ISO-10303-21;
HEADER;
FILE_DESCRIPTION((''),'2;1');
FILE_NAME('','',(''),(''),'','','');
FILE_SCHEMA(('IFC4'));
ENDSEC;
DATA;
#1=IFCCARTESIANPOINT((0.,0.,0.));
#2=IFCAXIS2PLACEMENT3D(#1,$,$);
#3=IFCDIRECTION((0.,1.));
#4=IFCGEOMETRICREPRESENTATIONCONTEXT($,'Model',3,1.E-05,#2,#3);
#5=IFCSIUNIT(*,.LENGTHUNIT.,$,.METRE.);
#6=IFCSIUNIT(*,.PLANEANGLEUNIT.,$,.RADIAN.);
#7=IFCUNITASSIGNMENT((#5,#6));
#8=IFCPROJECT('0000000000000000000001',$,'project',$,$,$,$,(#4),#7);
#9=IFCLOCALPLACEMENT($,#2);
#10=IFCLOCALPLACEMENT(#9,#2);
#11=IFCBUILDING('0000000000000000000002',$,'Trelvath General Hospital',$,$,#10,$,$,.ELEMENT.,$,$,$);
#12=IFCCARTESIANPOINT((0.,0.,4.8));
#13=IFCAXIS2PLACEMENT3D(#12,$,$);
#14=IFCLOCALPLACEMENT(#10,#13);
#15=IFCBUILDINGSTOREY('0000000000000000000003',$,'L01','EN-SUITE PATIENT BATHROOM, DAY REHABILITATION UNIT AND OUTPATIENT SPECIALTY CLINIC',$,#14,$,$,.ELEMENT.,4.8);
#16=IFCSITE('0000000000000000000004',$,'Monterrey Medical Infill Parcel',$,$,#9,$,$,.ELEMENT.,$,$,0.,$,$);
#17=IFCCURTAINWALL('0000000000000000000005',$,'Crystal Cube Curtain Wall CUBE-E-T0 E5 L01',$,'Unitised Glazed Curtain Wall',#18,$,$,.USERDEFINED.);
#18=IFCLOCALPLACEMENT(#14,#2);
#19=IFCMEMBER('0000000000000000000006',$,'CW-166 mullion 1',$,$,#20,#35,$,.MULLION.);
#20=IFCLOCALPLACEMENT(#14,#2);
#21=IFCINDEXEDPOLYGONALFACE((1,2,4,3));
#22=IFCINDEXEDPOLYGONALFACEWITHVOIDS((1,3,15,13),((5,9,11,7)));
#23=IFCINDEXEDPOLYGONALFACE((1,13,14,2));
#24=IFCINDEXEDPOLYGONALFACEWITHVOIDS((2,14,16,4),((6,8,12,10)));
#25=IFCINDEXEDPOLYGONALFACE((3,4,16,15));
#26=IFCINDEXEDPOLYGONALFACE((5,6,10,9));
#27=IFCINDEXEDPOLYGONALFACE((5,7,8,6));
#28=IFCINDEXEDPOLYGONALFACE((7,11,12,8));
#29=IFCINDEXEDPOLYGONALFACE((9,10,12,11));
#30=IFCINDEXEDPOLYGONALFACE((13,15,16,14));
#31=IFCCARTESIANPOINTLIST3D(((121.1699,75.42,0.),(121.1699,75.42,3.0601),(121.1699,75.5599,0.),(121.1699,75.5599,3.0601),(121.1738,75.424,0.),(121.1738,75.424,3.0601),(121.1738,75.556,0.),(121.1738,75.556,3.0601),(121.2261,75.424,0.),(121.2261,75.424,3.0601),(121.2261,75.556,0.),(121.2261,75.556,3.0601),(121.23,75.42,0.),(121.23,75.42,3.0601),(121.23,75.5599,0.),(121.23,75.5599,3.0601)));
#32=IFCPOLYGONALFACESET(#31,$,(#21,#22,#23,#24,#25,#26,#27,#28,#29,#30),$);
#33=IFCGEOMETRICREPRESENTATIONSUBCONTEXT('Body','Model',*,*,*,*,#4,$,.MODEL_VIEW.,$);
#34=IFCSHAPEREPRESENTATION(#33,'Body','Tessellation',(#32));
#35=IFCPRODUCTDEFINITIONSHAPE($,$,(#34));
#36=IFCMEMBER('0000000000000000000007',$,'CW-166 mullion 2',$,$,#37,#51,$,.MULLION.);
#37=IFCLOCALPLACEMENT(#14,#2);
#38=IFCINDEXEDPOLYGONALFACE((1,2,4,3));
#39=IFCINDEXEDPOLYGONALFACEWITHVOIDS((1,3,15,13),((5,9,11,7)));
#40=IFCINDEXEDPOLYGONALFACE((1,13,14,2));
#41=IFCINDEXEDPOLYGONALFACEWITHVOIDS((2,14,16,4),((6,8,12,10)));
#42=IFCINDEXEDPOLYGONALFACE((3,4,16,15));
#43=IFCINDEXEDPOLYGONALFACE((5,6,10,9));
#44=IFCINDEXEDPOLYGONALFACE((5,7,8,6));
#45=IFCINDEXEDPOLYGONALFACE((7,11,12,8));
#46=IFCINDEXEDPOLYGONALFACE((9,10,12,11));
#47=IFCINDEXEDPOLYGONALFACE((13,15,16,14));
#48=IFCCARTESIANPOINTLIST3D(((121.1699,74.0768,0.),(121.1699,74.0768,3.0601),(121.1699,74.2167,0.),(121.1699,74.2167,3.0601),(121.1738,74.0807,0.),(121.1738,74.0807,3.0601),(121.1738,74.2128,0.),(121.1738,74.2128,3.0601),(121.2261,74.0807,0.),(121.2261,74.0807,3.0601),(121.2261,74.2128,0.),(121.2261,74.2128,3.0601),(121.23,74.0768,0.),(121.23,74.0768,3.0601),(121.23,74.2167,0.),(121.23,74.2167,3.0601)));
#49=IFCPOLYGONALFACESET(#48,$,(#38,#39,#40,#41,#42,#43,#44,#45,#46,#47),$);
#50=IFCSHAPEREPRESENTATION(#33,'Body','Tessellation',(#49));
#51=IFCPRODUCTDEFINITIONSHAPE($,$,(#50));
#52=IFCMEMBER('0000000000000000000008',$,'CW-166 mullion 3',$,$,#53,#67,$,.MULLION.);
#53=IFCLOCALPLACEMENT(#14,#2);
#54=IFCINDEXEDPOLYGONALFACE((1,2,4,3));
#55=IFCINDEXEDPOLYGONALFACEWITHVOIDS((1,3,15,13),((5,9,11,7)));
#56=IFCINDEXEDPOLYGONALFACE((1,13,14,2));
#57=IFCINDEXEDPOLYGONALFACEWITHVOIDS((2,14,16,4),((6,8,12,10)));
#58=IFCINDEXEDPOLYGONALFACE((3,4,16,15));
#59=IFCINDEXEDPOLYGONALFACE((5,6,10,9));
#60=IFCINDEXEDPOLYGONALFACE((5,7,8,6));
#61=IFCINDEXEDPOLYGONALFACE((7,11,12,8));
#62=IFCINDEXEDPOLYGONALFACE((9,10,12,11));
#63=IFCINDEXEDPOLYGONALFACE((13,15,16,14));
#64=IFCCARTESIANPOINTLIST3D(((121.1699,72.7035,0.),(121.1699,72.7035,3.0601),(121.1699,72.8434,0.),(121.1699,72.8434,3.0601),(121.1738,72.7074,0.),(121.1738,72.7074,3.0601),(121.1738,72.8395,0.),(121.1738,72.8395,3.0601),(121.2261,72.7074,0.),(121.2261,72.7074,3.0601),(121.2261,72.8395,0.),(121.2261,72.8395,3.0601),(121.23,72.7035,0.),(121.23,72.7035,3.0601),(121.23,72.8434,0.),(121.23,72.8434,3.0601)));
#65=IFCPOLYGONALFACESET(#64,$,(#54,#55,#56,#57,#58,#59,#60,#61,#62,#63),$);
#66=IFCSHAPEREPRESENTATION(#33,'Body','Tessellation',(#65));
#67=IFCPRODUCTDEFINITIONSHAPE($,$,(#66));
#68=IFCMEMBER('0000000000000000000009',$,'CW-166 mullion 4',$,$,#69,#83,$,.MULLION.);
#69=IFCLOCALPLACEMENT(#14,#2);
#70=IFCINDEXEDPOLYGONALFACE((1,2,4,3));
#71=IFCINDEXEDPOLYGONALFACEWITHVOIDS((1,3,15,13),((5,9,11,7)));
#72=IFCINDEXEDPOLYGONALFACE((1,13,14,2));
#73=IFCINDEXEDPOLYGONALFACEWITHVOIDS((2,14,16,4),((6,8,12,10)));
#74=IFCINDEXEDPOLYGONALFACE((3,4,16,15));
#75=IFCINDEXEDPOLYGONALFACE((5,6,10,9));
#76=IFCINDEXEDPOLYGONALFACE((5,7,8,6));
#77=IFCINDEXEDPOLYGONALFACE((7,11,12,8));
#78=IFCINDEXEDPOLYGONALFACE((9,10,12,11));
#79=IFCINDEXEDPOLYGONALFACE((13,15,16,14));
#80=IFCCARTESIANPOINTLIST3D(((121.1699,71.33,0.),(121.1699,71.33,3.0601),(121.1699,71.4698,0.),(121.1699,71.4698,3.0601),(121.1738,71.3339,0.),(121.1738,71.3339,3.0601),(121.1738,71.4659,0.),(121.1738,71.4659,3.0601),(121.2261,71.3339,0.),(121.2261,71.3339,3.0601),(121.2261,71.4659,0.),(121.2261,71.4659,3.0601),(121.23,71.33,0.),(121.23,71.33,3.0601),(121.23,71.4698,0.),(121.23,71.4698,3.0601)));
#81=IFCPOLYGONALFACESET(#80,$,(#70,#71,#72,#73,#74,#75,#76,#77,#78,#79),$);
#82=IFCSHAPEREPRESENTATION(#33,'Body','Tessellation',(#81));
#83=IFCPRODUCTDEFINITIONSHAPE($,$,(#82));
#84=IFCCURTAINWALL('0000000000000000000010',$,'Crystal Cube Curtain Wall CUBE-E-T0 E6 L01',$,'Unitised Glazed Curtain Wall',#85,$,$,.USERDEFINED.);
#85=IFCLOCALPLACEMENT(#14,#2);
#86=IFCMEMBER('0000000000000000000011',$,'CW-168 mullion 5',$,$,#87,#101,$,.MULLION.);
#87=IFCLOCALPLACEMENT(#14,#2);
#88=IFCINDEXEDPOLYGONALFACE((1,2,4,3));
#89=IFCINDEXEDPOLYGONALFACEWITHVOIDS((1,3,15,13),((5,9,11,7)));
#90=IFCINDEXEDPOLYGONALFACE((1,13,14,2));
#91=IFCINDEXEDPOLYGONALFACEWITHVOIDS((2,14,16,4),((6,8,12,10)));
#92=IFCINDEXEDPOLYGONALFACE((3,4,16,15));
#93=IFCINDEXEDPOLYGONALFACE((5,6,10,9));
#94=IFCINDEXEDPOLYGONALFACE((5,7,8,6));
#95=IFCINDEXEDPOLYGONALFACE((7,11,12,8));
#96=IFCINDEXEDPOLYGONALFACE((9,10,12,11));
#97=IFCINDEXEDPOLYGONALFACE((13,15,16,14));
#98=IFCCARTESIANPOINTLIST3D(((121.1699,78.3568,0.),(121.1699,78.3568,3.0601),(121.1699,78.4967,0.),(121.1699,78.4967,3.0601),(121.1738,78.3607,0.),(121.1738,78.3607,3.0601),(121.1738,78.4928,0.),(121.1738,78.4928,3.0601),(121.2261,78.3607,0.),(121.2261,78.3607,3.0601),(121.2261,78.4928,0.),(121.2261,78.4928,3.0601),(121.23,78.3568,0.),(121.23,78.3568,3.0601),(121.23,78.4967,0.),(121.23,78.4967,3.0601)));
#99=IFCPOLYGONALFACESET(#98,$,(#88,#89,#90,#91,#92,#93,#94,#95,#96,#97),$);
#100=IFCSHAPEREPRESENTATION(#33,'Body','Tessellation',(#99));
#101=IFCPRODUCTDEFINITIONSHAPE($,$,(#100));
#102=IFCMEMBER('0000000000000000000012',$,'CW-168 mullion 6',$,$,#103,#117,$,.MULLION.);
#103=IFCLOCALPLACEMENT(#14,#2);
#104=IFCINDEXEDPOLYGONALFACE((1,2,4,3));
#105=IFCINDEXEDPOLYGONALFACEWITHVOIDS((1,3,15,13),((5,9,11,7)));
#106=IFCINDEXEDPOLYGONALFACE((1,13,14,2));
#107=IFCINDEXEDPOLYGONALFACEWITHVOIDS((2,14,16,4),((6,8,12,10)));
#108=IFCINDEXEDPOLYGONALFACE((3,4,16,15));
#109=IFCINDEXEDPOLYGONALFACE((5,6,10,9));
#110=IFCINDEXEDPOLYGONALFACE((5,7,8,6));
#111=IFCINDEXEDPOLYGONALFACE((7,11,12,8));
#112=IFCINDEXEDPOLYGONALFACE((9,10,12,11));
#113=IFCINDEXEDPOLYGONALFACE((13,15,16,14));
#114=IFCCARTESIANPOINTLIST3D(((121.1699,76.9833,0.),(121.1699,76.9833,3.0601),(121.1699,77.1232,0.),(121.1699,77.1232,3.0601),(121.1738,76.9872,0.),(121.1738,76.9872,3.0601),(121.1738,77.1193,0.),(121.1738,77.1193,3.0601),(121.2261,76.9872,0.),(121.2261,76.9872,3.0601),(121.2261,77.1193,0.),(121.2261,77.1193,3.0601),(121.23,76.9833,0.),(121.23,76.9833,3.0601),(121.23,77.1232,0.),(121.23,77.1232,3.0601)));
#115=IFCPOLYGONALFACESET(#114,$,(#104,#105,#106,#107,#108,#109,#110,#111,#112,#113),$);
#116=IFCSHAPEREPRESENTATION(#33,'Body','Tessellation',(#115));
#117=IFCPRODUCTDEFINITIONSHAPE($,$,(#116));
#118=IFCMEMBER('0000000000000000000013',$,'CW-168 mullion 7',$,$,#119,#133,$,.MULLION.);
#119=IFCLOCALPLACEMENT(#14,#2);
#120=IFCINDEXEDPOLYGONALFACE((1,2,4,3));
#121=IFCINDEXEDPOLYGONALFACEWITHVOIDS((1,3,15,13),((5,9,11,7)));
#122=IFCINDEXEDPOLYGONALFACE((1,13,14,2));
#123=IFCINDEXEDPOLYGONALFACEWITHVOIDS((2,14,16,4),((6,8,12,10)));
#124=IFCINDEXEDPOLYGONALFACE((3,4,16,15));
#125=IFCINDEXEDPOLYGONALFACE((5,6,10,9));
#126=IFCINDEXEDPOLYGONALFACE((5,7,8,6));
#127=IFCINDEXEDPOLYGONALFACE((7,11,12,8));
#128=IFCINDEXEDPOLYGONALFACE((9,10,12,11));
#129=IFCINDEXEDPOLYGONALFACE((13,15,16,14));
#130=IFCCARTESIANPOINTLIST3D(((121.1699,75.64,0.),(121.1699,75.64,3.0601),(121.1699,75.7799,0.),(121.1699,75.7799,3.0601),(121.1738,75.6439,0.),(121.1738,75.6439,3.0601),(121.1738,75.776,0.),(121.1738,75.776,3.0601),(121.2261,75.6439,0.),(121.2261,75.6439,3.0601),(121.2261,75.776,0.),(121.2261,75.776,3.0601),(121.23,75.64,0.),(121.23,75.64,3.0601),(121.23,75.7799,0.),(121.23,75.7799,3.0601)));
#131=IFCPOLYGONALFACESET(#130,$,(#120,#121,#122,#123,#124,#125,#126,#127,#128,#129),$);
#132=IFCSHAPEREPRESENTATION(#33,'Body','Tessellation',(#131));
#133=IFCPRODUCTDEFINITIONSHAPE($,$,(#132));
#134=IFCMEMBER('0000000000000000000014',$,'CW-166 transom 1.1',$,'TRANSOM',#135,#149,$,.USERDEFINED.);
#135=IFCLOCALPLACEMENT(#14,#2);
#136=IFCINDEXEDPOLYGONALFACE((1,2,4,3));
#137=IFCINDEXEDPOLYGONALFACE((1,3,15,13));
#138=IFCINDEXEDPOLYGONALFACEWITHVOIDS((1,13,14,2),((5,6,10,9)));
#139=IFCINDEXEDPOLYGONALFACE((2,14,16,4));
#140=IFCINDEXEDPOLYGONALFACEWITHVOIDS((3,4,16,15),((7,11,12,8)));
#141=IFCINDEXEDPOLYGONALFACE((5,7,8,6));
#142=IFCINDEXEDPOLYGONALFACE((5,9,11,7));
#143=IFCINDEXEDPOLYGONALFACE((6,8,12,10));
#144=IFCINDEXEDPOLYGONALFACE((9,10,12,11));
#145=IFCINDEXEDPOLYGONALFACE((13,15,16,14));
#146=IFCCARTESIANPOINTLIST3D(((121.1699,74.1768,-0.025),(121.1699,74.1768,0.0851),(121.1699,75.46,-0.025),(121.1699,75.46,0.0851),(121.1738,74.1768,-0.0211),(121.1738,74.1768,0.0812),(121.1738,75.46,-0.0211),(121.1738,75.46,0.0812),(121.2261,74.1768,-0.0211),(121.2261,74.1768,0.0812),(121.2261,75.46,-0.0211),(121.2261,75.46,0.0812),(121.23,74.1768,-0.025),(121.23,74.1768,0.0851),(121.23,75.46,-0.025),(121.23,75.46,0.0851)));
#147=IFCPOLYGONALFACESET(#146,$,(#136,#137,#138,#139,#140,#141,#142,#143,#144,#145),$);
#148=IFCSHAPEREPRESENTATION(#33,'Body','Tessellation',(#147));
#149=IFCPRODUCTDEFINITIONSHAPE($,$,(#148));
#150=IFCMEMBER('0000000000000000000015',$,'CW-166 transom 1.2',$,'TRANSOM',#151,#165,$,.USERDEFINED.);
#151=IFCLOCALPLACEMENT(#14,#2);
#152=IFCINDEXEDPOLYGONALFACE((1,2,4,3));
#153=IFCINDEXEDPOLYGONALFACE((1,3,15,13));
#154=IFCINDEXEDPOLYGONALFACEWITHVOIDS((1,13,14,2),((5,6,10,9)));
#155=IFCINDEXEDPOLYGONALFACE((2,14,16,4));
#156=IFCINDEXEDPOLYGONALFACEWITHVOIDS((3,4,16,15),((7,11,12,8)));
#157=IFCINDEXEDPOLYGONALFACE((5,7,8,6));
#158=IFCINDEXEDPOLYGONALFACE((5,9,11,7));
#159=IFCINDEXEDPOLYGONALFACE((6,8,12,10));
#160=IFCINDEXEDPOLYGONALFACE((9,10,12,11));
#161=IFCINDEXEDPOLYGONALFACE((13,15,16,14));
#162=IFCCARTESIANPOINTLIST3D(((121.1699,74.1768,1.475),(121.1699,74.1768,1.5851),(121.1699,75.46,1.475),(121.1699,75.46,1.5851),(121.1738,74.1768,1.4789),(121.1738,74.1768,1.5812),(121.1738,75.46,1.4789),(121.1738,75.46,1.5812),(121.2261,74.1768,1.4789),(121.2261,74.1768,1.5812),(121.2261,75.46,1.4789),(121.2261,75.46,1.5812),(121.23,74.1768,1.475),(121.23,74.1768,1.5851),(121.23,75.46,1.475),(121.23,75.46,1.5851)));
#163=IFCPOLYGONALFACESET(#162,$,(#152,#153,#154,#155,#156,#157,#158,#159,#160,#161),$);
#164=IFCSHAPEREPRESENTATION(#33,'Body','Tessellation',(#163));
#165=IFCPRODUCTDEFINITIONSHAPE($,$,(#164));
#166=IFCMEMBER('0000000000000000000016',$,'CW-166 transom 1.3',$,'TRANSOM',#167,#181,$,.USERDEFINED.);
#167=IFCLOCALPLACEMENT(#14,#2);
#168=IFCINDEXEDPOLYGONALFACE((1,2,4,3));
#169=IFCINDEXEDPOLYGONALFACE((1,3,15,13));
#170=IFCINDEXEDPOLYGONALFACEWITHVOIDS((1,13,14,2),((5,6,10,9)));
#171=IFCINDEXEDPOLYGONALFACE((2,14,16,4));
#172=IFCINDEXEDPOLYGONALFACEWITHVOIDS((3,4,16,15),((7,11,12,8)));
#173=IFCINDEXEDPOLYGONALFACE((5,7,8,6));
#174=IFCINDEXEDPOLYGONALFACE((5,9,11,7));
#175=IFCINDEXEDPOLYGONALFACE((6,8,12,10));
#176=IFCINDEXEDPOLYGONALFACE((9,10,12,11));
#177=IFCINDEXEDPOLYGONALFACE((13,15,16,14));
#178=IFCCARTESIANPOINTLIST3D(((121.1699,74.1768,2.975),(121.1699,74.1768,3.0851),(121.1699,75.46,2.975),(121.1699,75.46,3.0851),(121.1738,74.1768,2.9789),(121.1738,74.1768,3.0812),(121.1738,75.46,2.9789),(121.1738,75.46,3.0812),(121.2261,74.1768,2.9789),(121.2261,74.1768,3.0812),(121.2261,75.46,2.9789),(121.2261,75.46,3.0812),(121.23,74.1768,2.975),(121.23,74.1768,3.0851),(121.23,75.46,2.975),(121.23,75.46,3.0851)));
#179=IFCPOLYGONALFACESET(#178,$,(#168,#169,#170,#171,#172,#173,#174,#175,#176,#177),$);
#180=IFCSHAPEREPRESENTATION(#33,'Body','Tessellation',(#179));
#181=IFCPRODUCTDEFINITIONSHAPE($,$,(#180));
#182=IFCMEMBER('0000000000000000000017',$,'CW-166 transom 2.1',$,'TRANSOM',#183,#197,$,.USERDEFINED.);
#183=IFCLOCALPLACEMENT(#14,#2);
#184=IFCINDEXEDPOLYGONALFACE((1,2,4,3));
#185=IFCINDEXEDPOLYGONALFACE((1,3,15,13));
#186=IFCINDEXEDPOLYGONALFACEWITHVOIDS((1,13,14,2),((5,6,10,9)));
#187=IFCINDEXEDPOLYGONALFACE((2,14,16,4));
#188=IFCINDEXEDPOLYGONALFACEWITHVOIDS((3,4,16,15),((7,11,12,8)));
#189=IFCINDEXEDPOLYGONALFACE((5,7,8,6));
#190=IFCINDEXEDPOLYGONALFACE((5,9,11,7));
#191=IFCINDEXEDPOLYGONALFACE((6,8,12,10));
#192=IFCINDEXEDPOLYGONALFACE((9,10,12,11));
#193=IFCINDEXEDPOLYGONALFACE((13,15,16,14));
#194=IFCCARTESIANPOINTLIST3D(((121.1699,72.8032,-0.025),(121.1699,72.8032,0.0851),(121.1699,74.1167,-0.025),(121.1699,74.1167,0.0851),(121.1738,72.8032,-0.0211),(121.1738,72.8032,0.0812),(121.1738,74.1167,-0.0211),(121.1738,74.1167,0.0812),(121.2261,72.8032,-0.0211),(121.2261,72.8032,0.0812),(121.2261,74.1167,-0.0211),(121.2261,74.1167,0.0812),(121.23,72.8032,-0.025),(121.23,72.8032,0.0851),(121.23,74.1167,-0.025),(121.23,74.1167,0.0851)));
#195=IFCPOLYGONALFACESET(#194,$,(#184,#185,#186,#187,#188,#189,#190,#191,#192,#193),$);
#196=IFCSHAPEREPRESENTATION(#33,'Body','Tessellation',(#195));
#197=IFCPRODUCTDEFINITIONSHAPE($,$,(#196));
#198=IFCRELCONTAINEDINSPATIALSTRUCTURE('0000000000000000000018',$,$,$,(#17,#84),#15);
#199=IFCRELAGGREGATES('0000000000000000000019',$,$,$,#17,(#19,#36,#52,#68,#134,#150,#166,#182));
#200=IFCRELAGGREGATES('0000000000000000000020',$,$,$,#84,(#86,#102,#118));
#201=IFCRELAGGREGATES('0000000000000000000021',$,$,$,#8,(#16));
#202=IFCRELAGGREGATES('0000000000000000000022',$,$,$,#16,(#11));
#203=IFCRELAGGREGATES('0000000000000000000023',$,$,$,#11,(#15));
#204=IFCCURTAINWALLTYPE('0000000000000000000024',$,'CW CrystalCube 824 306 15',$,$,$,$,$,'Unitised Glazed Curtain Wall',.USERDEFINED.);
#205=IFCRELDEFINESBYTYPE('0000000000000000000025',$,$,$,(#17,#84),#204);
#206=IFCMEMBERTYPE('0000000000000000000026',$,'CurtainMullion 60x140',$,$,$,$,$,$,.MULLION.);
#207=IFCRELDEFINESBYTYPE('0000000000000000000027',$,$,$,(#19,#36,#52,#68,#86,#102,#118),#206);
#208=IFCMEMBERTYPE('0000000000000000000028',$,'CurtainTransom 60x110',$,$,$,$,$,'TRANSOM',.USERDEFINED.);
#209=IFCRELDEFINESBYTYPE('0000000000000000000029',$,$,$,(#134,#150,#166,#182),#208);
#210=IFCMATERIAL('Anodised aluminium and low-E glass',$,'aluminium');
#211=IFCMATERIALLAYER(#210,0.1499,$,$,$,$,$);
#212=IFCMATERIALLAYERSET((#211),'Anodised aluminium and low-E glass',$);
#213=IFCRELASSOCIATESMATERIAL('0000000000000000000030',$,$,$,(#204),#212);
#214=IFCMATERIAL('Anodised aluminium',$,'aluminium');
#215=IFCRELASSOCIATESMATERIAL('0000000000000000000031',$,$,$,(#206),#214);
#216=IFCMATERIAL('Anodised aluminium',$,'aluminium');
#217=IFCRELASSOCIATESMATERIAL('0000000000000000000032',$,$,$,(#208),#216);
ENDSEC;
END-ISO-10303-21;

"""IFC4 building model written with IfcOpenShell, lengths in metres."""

from ifc_helpers import new_model, si_unit, direction, frame, origin, origin_2d, place, context, subcontext, project, spatial, hollow_rectangle, extrude, material, layer, layer_set, material_profile, profile_set, type_object, element, aggregate, save


model = new_model("IFC4")

# Units and contexts
model_context = context("Model", 3, precision=1e-05, world=origin(), true_north=direction((0.0, 1.0)))
body_context = subcontext(model_context, "Body", "Model", "MODEL_VIEW")
ifc_project = project(units=[si_unit("LENGTHUNIT", "METRE"), si_unit("PLANEANGLEUNIT", "RADIAN")], contexts=[model_context])

# Site, building, storey
site_placement = place(None, origin())
site = spatial("IfcSite", under=ifc_project, at=site_placement, Name="Monterrey Medical Infill Parcel", CompositionType="ELEMENT", RefElevation=0.0)
building_placement = place(site_placement, origin())
building = spatial("IfcBuilding", under=site, at=building_placement, Name="Trelvath General Hospital", CompositionType="ELEMENT")
storey_placement = place(building_placement, frame((0.0, 0.0, 4.8)))
storey = spatial("IfcBuildingStorey", under=building, at=storey_placement, Name="L01", Description="EN-SUITE PATIENT BATHROOM, DAY REHABILITATION UNIT AND OUTPATIENT SPECIALTY CLINIC", CompositionType="ELEMENT", Elevation=4.8)

# Curtain walls, members
ifc_material_1 = material(Name="Anodised aluminium and low-E glass", Category="aluminium")
ifc_layer_1 = layer(ifc_material_1, 0.1499)
ifc_layer_set_1 = layer_set([ifc_layer_1], Name="Anodised aluminium and low-E glass")
curtain_wall_type = type_object("IfcCurtainWallType", Name="CW CrystalCube 824 306 15", ElementType="Unitised Glazed Curtain Wall", PredefinedType="USERDEFINED", material=ifc_layer_set_1)
curtain_wall_1_placement = place(storey_placement, origin())
curtain_wall_1 = element("IfcCurtainWall", 1, at=curtain_wall_1_placement, inside=storey, type_object=curtain_wall_type, Name="Crystal Cube Curtain Wall CUBE-E-T0 E5 L01", ObjectType="Unitised Glazed Curtain Wall", PredefinedType="USERDEFINED")
ifc_material_2 = material(Name="Anodised aluminium", Category="aluminium")
ifc_material_profile_1 = material_profile(ifc_material_2, hollow_rectangle(XDim=0.0601, YDim=0.1399, WallThickness=0.0039, at=origin_2d()), Name="RHS60x140x4")
ifc_profile_set_1 = profile_set([ifc_material_profile_1], Name="Anodised aluminium")
member_type_1 = type_object("IfcMemberType", Name="CurtainMullion 60x140", PredefinedType="MULLION", material=ifc_profile_set_1)
member_1_placement = place(storey_placement, frame((121.2, 75.49, 0.0), z_axis=(0.0, 0.0, 1.0), x_axis=(1.0, 0.0, 0.0)))
member_1 = element("IfcMember", 2, at=member_1_placement, type_object=member_type_1, Name="CW-166 mullion 1", PredefinedType="MULLION", context=body_context, shape_type="SweptSolid", body=[
    extrude(hollow_rectangle(XDim=0.0601, YDim=0.1399, WallThickness=0.0039, at=origin_2d()), origin(), (0.0, 0.0, 1.0), 3.0601),
])
member_2_placement = place(storey_placement, frame((121.2, 74.1467, 0.0), z_axis=(0.0, 0.0, 1.0), x_axis=(1.0, 0.0, 0.0)))
member_2 = element("IfcMember", 3, at=member_2_placement, type_object=member_type_1, Name="CW-166 mullion 2", PredefinedType="MULLION", context=body_context, shape_type="SweptSolid", body=[
    extrude(hollow_rectangle(XDim=0.0601, YDim=0.1399, WallThickness=0.0039, at=origin_2d()), origin(), (0.0, 0.0, 1.0), 3.0601),
])
member_3_placement = place(storey_placement, frame((121.2, 72.7734, 0.0), z_axis=(0.0, 0.0, 1.0), x_axis=(1.0, 0.0, 0.0)))
member_3 = element("IfcMember", 4, at=member_3_placement, type_object=member_type_1, Name="CW-166 mullion 3", PredefinedType="MULLION", context=body_context, shape_type="SweptSolid", body=[
    extrude(hollow_rectangle(XDim=0.0601, YDim=0.1399, WallThickness=0.0039, at=origin_2d()), origin(), (0.0, 0.0, 1.0), 3.0601),
])
member_4_placement = place(storey_placement, frame((121.2, 71.3999, 0.0), z_axis=(0.0, 0.0, 1.0), x_axis=(1.0, 0.0, 0.0)))
member_4 = element("IfcMember", 5, at=member_4_placement, type_object=member_type_1, Name="CW-166 mullion 4", PredefinedType="MULLION", context=body_context, shape_type="SweptSolid", body=[
    extrude(hollow_rectangle(XDim=0.0601, YDim=0.1399, WallThickness=0.0039, at=origin_2d()), origin(), (0.0, 0.0, 1.0), 3.0601),
])
curtain_wall_2_placement = place(storey_placement, origin())
curtain_wall_2 = element("IfcCurtainWall", 6, at=curtain_wall_2_placement, inside=storey, type_object=curtain_wall_type, Name="Crystal Cube Curtain Wall CUBE-E-T0 E6 L01", ObjectType="Unitised Glazed Curtain Wall", PredefinedType="USERDEFINED")
member_5_placement = place(storey_placement, frame((121.2, 78.4268, 0.0), z_axis=(0.0, 0.0, 1.0), x_axis=(1.0, 0.0, 0.0)))
member_5 = element("IfcMember", 7, at=member_5_placement, type_object=member_type_1, Name="CW-168 mullion 5", PredefinedType="MULLION", context=body_context, shape_type="SweptSolid", body=[
    extrude(hollow_rectangle(XDim=0.0601, YDim=0.1399, WallThickness=0.0039, at=origin_2d()), origin(), (0.0, 0.0, 1.0), 3.0601),
])
member_6_placement = place(storey_placement, frame((121.2, 77.0532, 0.0), z_axis=(0.0, 0.0, 1.0), x_axis=(1.0, 0.0, 0.0)))
member_6 = element("IfcMember", 8, at=member_6_placement, type_object=member_type_1, Name="CW-168 mullion 6", PredefinedType="MULLION", context=body_context, shape_type="SweptSolid", body=[
    extrude(hollow_rectangle(XDim=0.0601, YDim=0.1399, WallThickness=0.0039, at=origin_2d()), origin(), (0.0, 0.0, 1.0), 3.0601),
])
member_7_placement = place(storey_placement, frame((121.2, 75.71, 0.0), z_axis=(0.0, 0.0, 1.0), x_axis=(1.0, 0.0, 0.0)))
member_7 = element("IfcMember", 9, at=member_7_placement, type_object=member_type_1, Name="CW-168 mullion 7", PredefinedType="MULLION", context=body_context, shape_type="SweptSolid", body=[
    extrude(hollow_rectangle(XDim=0.0601, YDim=0.1399, WallThickness=0.0039, at=origin_2d()), origin(), (0.0, 0.0, 1.0), 3.0601),
])

# Members
ifc_material_3 = material(Name="Anodised aluminium", Category="aluminium")
ifc_material_profile_2 = material_profile(ifc_material_3, hollow_rectangle(XDim=0.0601, YDim=0.1101, WallThickness=0.0039, at=origin_2d()), Name="RHS60x110x4")
ifc_profile_set_2 = profile_set([ifc_material_profile_2], Name="Anodised aluminium")
member_type_2 = type_object("IfcMemberType", Name="CurtainTransom 60x110", ElementType="TRANSOM", PredefinedType="USERDEFINED", material=ifc_profile_set_2)
member_8_placement = place(storey_placement, frame((121.2, 75.46, 0.03), z_axis=(0.0, -1.0, 0.0), x_axis=(1.0, 0.0, 0.0)))
member_8 = element("IfcMember", 10, at=member_8_placement, type_object=member_type_2, Name="CW-166 transom 1.1", ObjectType="TRANSOM", PredefinedType="USERDEFINED", context=body_context, shape_type="SweptSolid", body=[
    extrude(hollow_rectangle(XDim=0.0601, YDim=0.1101, WallThickness=0.0039, at=origin_2d()), origin(), (0.0, 0.0, 1.0), 1.2832),
])
member_9_placement = place(storey_placement, frame((121.2, 75.46, 1.53), z_axis=(0.0, -1.0, 0.0), x_axis=(1.0, 0.0, 0.0)))
member_9 = element("IfcMember", 11, at=member_9_placement, type_object=member_type_2, Name="CW-166 transom 1.2", ObjectType="TRANSOM", PredefinedType="USERDEFINED", context=body_context, shape_type="SweptSolid", body=[
    extrude(hollow_rectangle(XDim=0.0601, YDim=0.1101, WallThickness=0.0039, at=origin_2d()), origin(), (0.0, 0.0, 1.0), 1.2832),
])
member_10_placement = place(storey_placement, frame((121.2, 75.46, 3.03), z_axis=(0.0, -1.0, 0.0), x_axis=(1.0, 0.0, 0.0)))
member_10 = element("IfcMember", 12, at=member_10_placement, type_object=member_type_2, Name="CW-166 transom 1.3", ObjectType="TRANSOM", PredefinedType="USERDEFINED", context=body_context, shape_type="SweptSolid", body=[
    extrude(hollow_rectangle(XDim=0.0601, YDim=0.1101, WallThickness=0.0039, at=origin_2d()), origin(), (0.0, 0.0, 1.0), 1.2832),
])
member_11_placement = place(storey_placement, frame((121.2, 74.1167, 0.03), z_axis=(0.0, -1.0, 0.0), x_axis=(1.0, 0.0, 0.0)))
member_11 = element("IfcMember", 13, at=member_11_placement, type_object=member_type_2, Name="CW-166 transom 2.1", ObjectType="TRANSOM", PredefinedType="USERDEFINED", context=body_context, shape_type="SweptSolid", body=[
    extrude(hollow_rectangle(XDim=0.0601, YDim=0.1101, WallThickness=0.0039, at=origin_2d()), origin(), (0.0, 0.0, 1.0), 1.3135),
])

aggregate(curtain_wall_1, [member_1, member_2, member_3, member_4, member_8, member_9, member_10, member_11])
aggregate(curtain_wall_2, [member_5, member_6, member_7])

save(model, "model.ifc")
